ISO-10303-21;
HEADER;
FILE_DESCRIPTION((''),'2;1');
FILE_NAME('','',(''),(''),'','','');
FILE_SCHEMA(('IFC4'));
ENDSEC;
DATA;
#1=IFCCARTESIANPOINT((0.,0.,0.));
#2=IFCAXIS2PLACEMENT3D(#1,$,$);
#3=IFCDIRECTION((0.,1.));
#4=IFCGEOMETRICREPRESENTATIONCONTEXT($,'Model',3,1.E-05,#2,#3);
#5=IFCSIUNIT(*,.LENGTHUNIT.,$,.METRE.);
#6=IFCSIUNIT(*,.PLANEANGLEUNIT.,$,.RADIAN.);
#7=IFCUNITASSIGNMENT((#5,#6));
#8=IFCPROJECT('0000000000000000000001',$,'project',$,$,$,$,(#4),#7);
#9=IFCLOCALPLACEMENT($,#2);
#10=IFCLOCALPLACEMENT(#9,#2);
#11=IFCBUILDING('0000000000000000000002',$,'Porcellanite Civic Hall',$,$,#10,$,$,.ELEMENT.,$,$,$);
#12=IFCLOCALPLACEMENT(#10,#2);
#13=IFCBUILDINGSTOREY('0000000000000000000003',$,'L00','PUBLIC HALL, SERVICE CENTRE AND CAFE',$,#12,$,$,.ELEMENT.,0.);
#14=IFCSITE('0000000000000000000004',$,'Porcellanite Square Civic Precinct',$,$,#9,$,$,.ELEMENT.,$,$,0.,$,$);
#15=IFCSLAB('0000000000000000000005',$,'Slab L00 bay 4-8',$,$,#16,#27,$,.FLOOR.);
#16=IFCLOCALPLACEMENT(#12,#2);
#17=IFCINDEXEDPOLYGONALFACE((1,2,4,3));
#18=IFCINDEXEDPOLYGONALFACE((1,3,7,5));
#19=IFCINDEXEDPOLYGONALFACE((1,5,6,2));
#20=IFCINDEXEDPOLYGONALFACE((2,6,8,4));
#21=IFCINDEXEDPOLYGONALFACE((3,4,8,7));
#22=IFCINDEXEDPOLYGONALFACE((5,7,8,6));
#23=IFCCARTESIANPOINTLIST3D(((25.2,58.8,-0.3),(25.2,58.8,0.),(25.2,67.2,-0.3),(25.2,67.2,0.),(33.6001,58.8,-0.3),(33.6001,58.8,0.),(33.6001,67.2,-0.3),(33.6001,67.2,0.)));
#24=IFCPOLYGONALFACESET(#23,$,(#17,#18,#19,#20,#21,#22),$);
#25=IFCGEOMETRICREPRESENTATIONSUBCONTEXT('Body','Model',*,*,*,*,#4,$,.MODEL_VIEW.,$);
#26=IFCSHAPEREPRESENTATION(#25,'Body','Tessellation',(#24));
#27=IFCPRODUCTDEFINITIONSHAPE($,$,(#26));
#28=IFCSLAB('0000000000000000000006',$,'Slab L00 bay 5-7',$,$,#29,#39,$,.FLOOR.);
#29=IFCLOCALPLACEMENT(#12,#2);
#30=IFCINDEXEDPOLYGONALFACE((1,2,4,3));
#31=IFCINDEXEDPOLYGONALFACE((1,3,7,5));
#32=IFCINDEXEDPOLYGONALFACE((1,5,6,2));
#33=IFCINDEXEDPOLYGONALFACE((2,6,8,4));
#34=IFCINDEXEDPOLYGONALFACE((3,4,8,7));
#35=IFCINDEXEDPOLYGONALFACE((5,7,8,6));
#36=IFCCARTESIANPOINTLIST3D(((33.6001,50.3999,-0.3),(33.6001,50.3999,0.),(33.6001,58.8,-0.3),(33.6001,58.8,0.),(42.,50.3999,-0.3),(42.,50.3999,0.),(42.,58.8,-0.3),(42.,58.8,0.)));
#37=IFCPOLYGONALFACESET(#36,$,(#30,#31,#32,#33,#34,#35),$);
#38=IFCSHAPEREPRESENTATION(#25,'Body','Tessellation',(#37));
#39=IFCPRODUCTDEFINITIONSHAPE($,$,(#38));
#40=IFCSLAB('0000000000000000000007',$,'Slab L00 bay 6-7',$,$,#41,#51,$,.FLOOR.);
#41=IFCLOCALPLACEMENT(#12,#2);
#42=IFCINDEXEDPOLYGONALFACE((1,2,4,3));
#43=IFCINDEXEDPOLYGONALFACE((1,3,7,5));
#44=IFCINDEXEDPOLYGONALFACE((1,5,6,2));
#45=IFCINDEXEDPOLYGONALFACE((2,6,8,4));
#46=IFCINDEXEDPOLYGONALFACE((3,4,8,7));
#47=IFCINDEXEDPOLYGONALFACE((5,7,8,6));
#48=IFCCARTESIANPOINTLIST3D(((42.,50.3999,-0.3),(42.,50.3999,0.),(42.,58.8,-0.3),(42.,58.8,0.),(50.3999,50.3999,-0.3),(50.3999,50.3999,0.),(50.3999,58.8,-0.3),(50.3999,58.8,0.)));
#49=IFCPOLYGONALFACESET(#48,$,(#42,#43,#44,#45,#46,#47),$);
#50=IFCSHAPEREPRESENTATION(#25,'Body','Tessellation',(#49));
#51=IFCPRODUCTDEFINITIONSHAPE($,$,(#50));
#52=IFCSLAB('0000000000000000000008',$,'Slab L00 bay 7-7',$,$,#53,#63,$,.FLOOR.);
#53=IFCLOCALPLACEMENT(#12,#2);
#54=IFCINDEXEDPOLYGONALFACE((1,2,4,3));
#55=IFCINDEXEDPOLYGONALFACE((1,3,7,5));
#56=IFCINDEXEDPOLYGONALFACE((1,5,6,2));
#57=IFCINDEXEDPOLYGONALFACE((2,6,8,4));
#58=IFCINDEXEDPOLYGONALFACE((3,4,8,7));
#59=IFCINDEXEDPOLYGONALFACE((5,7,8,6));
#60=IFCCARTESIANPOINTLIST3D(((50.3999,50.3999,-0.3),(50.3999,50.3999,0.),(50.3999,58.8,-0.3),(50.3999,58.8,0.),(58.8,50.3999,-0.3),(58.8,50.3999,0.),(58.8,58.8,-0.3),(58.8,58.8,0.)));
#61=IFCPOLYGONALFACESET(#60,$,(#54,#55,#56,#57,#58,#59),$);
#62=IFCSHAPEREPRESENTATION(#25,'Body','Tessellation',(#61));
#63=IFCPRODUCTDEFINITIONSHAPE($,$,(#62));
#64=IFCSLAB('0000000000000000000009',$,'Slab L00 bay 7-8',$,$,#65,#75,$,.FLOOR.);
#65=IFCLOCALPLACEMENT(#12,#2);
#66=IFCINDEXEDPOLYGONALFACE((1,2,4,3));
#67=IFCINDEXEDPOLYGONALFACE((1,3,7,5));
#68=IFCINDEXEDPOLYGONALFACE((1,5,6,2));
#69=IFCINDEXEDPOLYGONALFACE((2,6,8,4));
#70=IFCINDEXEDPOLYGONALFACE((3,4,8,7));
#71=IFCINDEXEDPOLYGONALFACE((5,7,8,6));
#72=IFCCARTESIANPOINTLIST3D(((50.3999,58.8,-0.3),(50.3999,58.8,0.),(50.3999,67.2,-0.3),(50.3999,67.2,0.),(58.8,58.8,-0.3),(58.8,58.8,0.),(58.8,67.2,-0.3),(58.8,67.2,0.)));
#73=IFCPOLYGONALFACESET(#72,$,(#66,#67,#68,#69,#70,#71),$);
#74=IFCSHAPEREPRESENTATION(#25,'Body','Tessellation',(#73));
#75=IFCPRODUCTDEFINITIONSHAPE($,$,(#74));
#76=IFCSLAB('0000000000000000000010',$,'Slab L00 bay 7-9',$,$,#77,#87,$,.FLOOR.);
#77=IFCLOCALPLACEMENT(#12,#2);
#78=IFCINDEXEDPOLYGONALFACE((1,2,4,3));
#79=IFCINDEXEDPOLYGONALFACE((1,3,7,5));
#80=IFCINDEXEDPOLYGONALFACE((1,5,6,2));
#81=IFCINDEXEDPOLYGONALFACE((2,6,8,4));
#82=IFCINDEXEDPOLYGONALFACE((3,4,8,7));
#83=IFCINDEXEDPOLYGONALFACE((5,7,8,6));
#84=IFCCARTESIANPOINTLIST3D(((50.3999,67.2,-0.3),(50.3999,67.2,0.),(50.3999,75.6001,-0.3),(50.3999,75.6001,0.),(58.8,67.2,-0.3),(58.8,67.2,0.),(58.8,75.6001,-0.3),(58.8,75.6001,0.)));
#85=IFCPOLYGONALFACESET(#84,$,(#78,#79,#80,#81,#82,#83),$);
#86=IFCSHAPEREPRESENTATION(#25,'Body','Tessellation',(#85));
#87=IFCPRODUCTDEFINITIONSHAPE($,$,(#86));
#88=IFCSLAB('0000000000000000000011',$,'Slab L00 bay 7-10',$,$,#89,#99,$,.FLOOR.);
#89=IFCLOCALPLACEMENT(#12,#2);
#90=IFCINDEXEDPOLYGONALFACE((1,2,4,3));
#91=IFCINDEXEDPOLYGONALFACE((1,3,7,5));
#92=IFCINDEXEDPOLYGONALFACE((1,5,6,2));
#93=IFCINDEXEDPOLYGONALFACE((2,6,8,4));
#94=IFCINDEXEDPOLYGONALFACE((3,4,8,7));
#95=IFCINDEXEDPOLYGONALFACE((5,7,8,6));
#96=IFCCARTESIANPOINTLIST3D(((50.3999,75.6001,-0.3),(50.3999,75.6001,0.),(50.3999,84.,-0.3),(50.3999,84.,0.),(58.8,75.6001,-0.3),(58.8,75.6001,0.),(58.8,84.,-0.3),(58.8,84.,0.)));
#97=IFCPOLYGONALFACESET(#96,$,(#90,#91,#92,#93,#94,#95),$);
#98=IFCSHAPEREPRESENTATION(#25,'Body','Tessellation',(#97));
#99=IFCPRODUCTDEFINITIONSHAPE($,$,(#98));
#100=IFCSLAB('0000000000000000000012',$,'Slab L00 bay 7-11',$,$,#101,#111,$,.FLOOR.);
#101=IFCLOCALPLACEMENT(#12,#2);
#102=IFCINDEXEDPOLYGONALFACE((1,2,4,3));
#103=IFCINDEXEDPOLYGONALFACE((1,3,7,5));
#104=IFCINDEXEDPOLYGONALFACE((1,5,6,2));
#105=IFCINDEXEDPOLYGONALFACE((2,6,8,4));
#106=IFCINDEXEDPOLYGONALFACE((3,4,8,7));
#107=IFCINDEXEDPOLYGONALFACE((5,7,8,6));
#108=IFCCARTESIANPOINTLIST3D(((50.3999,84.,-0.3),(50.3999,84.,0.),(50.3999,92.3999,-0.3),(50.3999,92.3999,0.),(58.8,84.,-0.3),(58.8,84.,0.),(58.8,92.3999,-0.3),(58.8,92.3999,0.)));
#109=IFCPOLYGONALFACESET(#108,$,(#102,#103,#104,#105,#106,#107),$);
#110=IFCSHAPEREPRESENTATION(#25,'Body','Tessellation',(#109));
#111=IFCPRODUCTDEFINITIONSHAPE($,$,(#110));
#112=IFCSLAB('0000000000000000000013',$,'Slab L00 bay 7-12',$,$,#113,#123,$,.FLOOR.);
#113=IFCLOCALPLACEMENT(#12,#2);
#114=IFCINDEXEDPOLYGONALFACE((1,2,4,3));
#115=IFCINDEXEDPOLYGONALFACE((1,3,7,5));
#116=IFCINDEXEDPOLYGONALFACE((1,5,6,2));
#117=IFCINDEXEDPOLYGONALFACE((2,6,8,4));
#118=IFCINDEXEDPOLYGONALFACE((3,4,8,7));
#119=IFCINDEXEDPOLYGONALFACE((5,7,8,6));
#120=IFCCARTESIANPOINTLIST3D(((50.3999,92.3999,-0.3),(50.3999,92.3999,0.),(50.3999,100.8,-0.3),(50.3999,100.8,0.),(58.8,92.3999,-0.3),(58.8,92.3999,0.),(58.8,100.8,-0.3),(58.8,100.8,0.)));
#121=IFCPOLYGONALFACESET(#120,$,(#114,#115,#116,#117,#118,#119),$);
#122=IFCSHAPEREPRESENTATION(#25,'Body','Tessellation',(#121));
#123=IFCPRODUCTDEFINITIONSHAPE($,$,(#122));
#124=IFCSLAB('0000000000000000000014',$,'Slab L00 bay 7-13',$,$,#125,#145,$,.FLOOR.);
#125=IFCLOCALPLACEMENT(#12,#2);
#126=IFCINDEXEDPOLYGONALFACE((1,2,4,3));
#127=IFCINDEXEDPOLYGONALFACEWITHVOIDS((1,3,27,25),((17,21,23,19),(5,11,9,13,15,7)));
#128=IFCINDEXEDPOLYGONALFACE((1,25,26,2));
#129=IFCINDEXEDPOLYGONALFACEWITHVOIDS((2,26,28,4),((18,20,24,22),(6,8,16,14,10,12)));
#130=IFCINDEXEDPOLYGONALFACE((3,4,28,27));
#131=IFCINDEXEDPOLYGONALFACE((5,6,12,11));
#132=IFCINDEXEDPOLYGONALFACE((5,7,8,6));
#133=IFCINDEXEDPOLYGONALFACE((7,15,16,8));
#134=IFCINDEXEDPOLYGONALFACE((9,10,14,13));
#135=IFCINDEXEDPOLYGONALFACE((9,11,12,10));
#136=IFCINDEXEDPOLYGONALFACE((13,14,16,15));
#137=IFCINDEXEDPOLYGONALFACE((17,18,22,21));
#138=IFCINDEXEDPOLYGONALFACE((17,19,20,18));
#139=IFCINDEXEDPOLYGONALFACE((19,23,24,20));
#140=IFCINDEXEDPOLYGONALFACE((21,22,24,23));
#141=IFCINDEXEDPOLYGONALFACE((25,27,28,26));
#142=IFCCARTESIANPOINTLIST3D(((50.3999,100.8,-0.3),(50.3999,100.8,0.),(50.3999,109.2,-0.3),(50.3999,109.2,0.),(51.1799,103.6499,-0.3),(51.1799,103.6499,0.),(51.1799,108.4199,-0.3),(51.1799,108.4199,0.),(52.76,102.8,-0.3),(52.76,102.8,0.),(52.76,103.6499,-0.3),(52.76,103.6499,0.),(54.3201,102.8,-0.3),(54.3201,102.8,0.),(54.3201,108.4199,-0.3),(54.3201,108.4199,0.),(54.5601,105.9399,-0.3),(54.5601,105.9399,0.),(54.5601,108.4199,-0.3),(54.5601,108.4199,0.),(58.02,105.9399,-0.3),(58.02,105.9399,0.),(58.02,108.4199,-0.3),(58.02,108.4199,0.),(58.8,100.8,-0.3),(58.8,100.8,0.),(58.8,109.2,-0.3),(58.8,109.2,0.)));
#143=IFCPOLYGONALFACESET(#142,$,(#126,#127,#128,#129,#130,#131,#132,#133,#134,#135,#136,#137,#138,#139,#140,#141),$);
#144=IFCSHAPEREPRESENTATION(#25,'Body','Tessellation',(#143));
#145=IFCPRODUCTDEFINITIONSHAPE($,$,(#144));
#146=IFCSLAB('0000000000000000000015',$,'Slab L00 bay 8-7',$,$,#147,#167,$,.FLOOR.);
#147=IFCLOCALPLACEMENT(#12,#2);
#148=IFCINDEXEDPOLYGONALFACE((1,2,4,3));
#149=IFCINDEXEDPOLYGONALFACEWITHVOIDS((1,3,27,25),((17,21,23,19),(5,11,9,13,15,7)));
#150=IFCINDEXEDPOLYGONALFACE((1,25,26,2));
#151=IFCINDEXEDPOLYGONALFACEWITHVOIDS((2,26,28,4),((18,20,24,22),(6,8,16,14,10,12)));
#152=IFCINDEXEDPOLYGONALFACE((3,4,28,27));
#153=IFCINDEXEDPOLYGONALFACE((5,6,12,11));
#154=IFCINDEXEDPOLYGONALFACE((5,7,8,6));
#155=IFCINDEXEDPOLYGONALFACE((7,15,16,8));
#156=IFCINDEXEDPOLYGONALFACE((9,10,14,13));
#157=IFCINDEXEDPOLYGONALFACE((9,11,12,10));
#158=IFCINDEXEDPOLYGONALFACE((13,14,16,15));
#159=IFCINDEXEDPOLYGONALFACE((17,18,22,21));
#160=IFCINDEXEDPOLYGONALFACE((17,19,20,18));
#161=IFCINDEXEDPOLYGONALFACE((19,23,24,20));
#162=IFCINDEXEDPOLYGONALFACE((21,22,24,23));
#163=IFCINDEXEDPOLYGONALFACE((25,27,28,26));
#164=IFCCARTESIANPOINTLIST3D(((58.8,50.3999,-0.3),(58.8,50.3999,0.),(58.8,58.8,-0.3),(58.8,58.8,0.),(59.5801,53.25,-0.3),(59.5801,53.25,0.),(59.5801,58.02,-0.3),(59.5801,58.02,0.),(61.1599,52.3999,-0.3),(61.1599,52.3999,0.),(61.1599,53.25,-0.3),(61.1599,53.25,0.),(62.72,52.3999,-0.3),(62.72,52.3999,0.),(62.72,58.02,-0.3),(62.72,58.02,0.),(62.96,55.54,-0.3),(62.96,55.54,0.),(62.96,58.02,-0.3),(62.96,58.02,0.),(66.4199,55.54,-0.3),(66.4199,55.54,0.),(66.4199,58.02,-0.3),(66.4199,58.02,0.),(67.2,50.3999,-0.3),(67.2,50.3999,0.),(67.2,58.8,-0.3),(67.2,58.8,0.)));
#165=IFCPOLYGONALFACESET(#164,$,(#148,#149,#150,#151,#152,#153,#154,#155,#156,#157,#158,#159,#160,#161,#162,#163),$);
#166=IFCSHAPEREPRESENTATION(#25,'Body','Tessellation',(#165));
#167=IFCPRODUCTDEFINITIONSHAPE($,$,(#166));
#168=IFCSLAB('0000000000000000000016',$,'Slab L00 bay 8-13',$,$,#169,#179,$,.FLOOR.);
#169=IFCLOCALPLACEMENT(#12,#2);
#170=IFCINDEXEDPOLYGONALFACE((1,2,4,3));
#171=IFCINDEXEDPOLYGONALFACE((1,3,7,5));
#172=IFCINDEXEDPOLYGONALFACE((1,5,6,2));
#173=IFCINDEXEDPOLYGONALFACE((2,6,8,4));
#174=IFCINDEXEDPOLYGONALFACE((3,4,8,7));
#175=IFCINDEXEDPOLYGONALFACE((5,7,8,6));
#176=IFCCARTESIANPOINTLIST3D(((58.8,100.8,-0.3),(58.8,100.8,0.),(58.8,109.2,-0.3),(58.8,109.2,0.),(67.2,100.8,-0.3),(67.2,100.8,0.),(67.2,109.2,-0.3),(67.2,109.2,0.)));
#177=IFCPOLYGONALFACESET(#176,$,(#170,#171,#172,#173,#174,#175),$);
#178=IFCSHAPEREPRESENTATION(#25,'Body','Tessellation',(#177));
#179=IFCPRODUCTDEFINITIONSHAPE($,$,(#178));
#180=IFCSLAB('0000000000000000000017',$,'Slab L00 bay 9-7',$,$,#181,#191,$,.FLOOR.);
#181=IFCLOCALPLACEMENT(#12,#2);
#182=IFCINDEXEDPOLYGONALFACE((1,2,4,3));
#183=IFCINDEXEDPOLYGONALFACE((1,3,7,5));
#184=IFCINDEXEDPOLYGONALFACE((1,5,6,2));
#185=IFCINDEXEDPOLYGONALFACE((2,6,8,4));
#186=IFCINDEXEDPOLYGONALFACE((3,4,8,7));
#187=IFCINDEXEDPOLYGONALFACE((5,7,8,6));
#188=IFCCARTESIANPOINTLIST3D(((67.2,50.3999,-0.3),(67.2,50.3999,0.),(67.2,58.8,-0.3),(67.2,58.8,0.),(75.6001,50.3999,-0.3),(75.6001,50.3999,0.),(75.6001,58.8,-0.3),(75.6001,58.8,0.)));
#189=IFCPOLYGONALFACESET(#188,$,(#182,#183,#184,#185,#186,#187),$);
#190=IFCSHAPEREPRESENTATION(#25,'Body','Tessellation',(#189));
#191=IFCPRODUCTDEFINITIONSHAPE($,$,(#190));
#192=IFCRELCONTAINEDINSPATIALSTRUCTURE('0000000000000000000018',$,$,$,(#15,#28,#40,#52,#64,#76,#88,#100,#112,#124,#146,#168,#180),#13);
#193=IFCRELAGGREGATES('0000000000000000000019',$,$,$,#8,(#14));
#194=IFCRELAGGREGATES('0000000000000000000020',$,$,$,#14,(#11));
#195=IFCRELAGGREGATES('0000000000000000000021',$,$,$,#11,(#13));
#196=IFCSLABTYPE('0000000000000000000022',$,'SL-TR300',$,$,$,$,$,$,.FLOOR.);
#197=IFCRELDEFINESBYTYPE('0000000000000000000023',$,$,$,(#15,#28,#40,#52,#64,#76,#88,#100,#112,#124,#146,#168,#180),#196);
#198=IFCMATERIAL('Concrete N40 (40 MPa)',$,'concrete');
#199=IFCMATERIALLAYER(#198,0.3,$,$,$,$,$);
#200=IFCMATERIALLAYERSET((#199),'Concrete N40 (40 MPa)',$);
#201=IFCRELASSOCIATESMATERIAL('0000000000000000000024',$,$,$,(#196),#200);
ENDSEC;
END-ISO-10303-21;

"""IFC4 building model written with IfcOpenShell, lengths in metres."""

from ifc_helpers import new_model, si_unit, direction, frame, origin, place, context, subcontext, project, spatial, polyline, outline, extrude, material, layer, layer_set, type_object, element, save


model = new_model("IFC4")

# Units and contexts
model_context = context("Model", 3, precision=1e-05, world=origin(), true_north=direction((0.0, 1.0)))
body_context = subcontext(model_context, "Body", "Model", "MODEL_VIEW")
ifc_project = project(units=[si_unit("LENGTHUNIT", "METRE"), si_unit("PLANEANGLEUNIT", "RADIAN")], contexts=[model_context])

# Site, building, storey
site_placement = place(None, origin())
site = spatial("IfcSite", under=ifc_project, at=site_placement, Name="Porcellanite Square Civic Precinct", CompositionType="ELEMENT", RefElevation=0.0)
building_placement = place(site_placement, origin())
building = spatial("IfcBuilding", under=site, at=building_placement, Name="Porcellanite Civic Hall", CompositionType="ELEMENT")
storey_placement = place(building_placement, origin())
storey = spatial("IfcBuildingStorey", under=building, at=storey_placement, Name="L00", Description="PUBLIC HALL, SERVICE CENTRE AND CAFE", CompositionType="ELEMENT", Elevation=0.0)

# Slabs
ifc_material = material(Name="Concrete N40 (40 MPa)", Category="concrete")
ifc_layer = layer(ifc_material, 0.3)
ifc_layer_set = layer_set([ifc_layer], Name="Concrete N40 (40 MPa)")
slab_type = type_object("IfcSlabType", Name="SL-TR300", PredefinedType="FLOOR", material=ifc_layer_set)
slab_1_placement = place(storey_placement, frame((0.0, 0.0, -0.3)))
element("IfcSlab", 1, at=slab_1_placement, inside=storey, type_object=slab_type, Name="Slab L00 bay 4-8", PredefinedType="FLOOR", context=body_context, shape_type="SweptSolid", body=[
    extrude(outline(polyline([(25.2, 58.8), (33.6001, 58.8), (33.6001, 67.2), (25.2, 67.2), (25.2, 58.8)])), origin(), (0.0, 0.0, 1.0), 0.3),
])
slab_2_placement = place(storey_placement, frame((0.0, 0.0, -0.3)))
element("IfcSlab", 2, at=slab_2_placement, inside=storey, type_object=slab_type, Name="Slab L00 bay 5-7", PredefinedType="FLOOR", context=body_context, shape_type="SweptSolid", body=[
    extrude(outline(polyline([(33.6001, 50.3999), (42.0, 50.3999), (42.0, 58.8), (33.6001, 58.8), (33.6001, 50.3999)])), origin(), (0.0, 0.0, 1.0), 0.3),
])
slab_3_placement = place(storey_placement, frame((0.0, 0.0, -0.3)))
element("IfcSlab", 3, at=slab_3_placement, inside=storey, type_object=slab_type, Name="Slab L00 bay 6-7", PredefinedType="FLOOR", context=body_context, shape_type="SweptSolid", body=[
    extrude(outline(polyline([(42.0, 50.3999), (50.3999, 50.3999), (50.3999, 58.8), (42.0, 58.8), (42.0, 50.3999)])), origin(), (0.0, 0.0, 1.0), 0.3),
])
slab_4_placement = place(storey_placement, frame((0.0, 0.0, -0.3)))
element("IfcSlab", 4, at=slab_4_placement, inside=storey, type_object=slab_type, Name="Slab L00 bay 7-7", PredefinedType="FLOOR", context=body_context, shape_type="SweptSolid", body=[
    extrude(outline(polyline([(50.3999, 50.3999), (58.8, 50.3999), (58.8, 58.8), (50.3999, 58.8), (50.3999, 50.3999)])), origin(), (0.0, 0.0, 1.0), 0.3),
])
slab_5_placement = place(storey_placement, frame((0.0, 0.0, -0.3)))
element("IfcSlab", 5, at=slab_5_placement, inside=storey, type_object=slab_type, Name="Slab L00 bay 7-8", PredefinedType="FLOOR", context=body_context, shape_type="SweptSolid", body=[
    extrude(outline(polyline([(50.3999, 58.8), (58.8, 58.8), (58.8, 67.2), (50.3999, 67.2), (50.3999, 58.8)])), origin(), (0.0, 0.0, 1.0), 0.3),
])
slab_6_placement = place(storey_placement, frame((0.0, 0.0, -0.3)))
element("IfcSlab", 6, at=slab_6_placement, inside=storey, type_object=slab_type, Name="Slab L00 bay 7-9", PredefinedType="FLOOR", context=body_context, shape_type="SweptSolid", body=[
    extrude(outline(polyline([(50.3999, 67.2), (58.8, 67.2), (58.8, 75.6001), (50.3999, 75.6001), (50.3999, 67.2)])), origin(), (0.0, 0.0, 1.0), 0.3),
])
slab_7_placement = place(storey_placement, frame((0.0, 0.0, -0.3)))
element("IfcSlab", 7, at=slab_7_placement, inside=storey, type_object=slab_type, Name="Slab L00 bay 7-10", PredefinedType="FLOOR", context=body_context, shape_type="SweptSolid", body=[
    extrude(outline(polyline([(50.3999, 75.6001), (58.8, 75.6001), (58.8, 84.0), (50.3999, 84.0), (50.3999, 75.6001)])), origin(), (0.0, 0.0, 1.0), 0.3),
])
slab_8_placement = place(storey_placement, frame((0.0, 0.0, -0.3)))
element("IfcSlab", 8, at=slab_8_placement, inside=storey, type_object=slab_type, Name="Slab L00 bay 7-11", PredefinedType="FLOOR", context=body_context, shape_type="SweptSolid", body=[
    extrude(outline(polyline([(50.3999, 84.0), (58.8, 84.0), (58.8, 92.3999), (50.3999, 92.3999), (50.3999, 84.0)])), origin(), (0.0, 0.0, 1.0), 0.3),
])
slab_9_placement = place(storey_placement, frame((0.0, 0.0, -0.3)))
element("IfcSlab", 9, at=slab_9_placement, inside=storey, type_object=slab_type, Name="Slab L00 bay 7-12", PredefinedType="FLOOR", context=body_context, shape_type="SweptSolid", body=[
    extrude(outline(polyline([(50.3999, 92.3999), (58.8, 92.3999), (58.8, 100.8), (50.3999, 100.8), (50.3999, 92.3999)])), origin(), (0.0, 0.0, 1.0), 0.3),
])
slab_10_placement = place(storey_placement, frame((0.0, 0.0, -0.3)))
element("IfcSlab", 10, at=slab_10_placement, inside=storey, type_object=slab_type, Name="Slab L00 bay 7-13", PredefinedType="FLOOR", context=body_context, shape_type="SweptSolid", body=[
    extrude(outline(polyline([(50.3999, 100.8), (58.8, 100.8), (58.8, 109.2), (50.3999, 109.2), (50.3999, 100.8)]), holes=[polyline([(51.1799, 103.6499), (52.76, 103.6499), (52.76, 102.8), (54.3201, 102.8), (54.3201, 108.4199), (51.1799, 108.4199), (51.1799, 103.6499)]), polyline([(54.5601, 105.9399), (58.02, 105.9399), (58.02, 108.4199), (54.5601, 108.4199), (54.5601, 105.9399)])]), origin(), (0.0, 0.0, 1.0), 0.3),
])
slab_11_placement = place(storey_placement, frame((0.0, 0.0, -0.3)))
element("IfcSlab", 11, at=slab_11_placement, inside=storey, type_object=slab_type, Name="Slab L00 bay 8-7", PredefinedType="FLOOR", context=body_context, shape_type="SweptSolid", body=[
    extrude(outline(polyline([(58.8, 50.3999), (67.2, 50.3999), (67.2, 58.8), (58.8, 58.8), (58.8, 50.3999)]), holes=[polyline([(59.5801, 53.25), (61.1599, 53.25), (61.1599, 52.3999), (62.72, 52.3999), (62.72, 58.02), (59.5801, 58.02), (59.5801, 53.25)]), polyline([(62.96, 55.54), (66.4199, 55.54), (66.4199, 58.02), (62.96, 58.02), (62.96, 55.54)])]), origin(), (0.0, 0.0, 1.0), 0.3),
])
slab_12_placement = place(storey_placement, frame((0.0, 0.0, -0.3)))
element("IfcSlab", 12, at=slab_12_placement, inside=storey, type_object=slab_type, Name="Slab L00 bay 8-13", PredefinedType="FLOOR", context=body_context, shape_type="SweptSolid", body=[
    extrude(outline(polyline([(58.8, 100.8), (67.2, 100.8), (67.2, 109.2), (58.8, 109.2), (58.8, 100.8)])), origin(), (0.0, 0.0, 1.0), 0.3),
])
slab_13_placement = place(storey_placement, frame((0.0, 0.0, -0.3)))
element("IfcSlab", 13, at=slab_13_placement, inside=storey, type_object=slab_type, Name="Slab L00 bay 9-7", PredefinedType="FLOOR", context=body_context, shape_type="SweptSolid", body=[
    extrude(outline(polyline([(67.2, 50.3999), (75.6001, 50.3999), (75.6001, 58.8), (67.2, 58.8), (67.2, 50.3999)])), origin(), (0.0, 0.0, 1.0), 0.3),
])

save(model, "model.ifc")
